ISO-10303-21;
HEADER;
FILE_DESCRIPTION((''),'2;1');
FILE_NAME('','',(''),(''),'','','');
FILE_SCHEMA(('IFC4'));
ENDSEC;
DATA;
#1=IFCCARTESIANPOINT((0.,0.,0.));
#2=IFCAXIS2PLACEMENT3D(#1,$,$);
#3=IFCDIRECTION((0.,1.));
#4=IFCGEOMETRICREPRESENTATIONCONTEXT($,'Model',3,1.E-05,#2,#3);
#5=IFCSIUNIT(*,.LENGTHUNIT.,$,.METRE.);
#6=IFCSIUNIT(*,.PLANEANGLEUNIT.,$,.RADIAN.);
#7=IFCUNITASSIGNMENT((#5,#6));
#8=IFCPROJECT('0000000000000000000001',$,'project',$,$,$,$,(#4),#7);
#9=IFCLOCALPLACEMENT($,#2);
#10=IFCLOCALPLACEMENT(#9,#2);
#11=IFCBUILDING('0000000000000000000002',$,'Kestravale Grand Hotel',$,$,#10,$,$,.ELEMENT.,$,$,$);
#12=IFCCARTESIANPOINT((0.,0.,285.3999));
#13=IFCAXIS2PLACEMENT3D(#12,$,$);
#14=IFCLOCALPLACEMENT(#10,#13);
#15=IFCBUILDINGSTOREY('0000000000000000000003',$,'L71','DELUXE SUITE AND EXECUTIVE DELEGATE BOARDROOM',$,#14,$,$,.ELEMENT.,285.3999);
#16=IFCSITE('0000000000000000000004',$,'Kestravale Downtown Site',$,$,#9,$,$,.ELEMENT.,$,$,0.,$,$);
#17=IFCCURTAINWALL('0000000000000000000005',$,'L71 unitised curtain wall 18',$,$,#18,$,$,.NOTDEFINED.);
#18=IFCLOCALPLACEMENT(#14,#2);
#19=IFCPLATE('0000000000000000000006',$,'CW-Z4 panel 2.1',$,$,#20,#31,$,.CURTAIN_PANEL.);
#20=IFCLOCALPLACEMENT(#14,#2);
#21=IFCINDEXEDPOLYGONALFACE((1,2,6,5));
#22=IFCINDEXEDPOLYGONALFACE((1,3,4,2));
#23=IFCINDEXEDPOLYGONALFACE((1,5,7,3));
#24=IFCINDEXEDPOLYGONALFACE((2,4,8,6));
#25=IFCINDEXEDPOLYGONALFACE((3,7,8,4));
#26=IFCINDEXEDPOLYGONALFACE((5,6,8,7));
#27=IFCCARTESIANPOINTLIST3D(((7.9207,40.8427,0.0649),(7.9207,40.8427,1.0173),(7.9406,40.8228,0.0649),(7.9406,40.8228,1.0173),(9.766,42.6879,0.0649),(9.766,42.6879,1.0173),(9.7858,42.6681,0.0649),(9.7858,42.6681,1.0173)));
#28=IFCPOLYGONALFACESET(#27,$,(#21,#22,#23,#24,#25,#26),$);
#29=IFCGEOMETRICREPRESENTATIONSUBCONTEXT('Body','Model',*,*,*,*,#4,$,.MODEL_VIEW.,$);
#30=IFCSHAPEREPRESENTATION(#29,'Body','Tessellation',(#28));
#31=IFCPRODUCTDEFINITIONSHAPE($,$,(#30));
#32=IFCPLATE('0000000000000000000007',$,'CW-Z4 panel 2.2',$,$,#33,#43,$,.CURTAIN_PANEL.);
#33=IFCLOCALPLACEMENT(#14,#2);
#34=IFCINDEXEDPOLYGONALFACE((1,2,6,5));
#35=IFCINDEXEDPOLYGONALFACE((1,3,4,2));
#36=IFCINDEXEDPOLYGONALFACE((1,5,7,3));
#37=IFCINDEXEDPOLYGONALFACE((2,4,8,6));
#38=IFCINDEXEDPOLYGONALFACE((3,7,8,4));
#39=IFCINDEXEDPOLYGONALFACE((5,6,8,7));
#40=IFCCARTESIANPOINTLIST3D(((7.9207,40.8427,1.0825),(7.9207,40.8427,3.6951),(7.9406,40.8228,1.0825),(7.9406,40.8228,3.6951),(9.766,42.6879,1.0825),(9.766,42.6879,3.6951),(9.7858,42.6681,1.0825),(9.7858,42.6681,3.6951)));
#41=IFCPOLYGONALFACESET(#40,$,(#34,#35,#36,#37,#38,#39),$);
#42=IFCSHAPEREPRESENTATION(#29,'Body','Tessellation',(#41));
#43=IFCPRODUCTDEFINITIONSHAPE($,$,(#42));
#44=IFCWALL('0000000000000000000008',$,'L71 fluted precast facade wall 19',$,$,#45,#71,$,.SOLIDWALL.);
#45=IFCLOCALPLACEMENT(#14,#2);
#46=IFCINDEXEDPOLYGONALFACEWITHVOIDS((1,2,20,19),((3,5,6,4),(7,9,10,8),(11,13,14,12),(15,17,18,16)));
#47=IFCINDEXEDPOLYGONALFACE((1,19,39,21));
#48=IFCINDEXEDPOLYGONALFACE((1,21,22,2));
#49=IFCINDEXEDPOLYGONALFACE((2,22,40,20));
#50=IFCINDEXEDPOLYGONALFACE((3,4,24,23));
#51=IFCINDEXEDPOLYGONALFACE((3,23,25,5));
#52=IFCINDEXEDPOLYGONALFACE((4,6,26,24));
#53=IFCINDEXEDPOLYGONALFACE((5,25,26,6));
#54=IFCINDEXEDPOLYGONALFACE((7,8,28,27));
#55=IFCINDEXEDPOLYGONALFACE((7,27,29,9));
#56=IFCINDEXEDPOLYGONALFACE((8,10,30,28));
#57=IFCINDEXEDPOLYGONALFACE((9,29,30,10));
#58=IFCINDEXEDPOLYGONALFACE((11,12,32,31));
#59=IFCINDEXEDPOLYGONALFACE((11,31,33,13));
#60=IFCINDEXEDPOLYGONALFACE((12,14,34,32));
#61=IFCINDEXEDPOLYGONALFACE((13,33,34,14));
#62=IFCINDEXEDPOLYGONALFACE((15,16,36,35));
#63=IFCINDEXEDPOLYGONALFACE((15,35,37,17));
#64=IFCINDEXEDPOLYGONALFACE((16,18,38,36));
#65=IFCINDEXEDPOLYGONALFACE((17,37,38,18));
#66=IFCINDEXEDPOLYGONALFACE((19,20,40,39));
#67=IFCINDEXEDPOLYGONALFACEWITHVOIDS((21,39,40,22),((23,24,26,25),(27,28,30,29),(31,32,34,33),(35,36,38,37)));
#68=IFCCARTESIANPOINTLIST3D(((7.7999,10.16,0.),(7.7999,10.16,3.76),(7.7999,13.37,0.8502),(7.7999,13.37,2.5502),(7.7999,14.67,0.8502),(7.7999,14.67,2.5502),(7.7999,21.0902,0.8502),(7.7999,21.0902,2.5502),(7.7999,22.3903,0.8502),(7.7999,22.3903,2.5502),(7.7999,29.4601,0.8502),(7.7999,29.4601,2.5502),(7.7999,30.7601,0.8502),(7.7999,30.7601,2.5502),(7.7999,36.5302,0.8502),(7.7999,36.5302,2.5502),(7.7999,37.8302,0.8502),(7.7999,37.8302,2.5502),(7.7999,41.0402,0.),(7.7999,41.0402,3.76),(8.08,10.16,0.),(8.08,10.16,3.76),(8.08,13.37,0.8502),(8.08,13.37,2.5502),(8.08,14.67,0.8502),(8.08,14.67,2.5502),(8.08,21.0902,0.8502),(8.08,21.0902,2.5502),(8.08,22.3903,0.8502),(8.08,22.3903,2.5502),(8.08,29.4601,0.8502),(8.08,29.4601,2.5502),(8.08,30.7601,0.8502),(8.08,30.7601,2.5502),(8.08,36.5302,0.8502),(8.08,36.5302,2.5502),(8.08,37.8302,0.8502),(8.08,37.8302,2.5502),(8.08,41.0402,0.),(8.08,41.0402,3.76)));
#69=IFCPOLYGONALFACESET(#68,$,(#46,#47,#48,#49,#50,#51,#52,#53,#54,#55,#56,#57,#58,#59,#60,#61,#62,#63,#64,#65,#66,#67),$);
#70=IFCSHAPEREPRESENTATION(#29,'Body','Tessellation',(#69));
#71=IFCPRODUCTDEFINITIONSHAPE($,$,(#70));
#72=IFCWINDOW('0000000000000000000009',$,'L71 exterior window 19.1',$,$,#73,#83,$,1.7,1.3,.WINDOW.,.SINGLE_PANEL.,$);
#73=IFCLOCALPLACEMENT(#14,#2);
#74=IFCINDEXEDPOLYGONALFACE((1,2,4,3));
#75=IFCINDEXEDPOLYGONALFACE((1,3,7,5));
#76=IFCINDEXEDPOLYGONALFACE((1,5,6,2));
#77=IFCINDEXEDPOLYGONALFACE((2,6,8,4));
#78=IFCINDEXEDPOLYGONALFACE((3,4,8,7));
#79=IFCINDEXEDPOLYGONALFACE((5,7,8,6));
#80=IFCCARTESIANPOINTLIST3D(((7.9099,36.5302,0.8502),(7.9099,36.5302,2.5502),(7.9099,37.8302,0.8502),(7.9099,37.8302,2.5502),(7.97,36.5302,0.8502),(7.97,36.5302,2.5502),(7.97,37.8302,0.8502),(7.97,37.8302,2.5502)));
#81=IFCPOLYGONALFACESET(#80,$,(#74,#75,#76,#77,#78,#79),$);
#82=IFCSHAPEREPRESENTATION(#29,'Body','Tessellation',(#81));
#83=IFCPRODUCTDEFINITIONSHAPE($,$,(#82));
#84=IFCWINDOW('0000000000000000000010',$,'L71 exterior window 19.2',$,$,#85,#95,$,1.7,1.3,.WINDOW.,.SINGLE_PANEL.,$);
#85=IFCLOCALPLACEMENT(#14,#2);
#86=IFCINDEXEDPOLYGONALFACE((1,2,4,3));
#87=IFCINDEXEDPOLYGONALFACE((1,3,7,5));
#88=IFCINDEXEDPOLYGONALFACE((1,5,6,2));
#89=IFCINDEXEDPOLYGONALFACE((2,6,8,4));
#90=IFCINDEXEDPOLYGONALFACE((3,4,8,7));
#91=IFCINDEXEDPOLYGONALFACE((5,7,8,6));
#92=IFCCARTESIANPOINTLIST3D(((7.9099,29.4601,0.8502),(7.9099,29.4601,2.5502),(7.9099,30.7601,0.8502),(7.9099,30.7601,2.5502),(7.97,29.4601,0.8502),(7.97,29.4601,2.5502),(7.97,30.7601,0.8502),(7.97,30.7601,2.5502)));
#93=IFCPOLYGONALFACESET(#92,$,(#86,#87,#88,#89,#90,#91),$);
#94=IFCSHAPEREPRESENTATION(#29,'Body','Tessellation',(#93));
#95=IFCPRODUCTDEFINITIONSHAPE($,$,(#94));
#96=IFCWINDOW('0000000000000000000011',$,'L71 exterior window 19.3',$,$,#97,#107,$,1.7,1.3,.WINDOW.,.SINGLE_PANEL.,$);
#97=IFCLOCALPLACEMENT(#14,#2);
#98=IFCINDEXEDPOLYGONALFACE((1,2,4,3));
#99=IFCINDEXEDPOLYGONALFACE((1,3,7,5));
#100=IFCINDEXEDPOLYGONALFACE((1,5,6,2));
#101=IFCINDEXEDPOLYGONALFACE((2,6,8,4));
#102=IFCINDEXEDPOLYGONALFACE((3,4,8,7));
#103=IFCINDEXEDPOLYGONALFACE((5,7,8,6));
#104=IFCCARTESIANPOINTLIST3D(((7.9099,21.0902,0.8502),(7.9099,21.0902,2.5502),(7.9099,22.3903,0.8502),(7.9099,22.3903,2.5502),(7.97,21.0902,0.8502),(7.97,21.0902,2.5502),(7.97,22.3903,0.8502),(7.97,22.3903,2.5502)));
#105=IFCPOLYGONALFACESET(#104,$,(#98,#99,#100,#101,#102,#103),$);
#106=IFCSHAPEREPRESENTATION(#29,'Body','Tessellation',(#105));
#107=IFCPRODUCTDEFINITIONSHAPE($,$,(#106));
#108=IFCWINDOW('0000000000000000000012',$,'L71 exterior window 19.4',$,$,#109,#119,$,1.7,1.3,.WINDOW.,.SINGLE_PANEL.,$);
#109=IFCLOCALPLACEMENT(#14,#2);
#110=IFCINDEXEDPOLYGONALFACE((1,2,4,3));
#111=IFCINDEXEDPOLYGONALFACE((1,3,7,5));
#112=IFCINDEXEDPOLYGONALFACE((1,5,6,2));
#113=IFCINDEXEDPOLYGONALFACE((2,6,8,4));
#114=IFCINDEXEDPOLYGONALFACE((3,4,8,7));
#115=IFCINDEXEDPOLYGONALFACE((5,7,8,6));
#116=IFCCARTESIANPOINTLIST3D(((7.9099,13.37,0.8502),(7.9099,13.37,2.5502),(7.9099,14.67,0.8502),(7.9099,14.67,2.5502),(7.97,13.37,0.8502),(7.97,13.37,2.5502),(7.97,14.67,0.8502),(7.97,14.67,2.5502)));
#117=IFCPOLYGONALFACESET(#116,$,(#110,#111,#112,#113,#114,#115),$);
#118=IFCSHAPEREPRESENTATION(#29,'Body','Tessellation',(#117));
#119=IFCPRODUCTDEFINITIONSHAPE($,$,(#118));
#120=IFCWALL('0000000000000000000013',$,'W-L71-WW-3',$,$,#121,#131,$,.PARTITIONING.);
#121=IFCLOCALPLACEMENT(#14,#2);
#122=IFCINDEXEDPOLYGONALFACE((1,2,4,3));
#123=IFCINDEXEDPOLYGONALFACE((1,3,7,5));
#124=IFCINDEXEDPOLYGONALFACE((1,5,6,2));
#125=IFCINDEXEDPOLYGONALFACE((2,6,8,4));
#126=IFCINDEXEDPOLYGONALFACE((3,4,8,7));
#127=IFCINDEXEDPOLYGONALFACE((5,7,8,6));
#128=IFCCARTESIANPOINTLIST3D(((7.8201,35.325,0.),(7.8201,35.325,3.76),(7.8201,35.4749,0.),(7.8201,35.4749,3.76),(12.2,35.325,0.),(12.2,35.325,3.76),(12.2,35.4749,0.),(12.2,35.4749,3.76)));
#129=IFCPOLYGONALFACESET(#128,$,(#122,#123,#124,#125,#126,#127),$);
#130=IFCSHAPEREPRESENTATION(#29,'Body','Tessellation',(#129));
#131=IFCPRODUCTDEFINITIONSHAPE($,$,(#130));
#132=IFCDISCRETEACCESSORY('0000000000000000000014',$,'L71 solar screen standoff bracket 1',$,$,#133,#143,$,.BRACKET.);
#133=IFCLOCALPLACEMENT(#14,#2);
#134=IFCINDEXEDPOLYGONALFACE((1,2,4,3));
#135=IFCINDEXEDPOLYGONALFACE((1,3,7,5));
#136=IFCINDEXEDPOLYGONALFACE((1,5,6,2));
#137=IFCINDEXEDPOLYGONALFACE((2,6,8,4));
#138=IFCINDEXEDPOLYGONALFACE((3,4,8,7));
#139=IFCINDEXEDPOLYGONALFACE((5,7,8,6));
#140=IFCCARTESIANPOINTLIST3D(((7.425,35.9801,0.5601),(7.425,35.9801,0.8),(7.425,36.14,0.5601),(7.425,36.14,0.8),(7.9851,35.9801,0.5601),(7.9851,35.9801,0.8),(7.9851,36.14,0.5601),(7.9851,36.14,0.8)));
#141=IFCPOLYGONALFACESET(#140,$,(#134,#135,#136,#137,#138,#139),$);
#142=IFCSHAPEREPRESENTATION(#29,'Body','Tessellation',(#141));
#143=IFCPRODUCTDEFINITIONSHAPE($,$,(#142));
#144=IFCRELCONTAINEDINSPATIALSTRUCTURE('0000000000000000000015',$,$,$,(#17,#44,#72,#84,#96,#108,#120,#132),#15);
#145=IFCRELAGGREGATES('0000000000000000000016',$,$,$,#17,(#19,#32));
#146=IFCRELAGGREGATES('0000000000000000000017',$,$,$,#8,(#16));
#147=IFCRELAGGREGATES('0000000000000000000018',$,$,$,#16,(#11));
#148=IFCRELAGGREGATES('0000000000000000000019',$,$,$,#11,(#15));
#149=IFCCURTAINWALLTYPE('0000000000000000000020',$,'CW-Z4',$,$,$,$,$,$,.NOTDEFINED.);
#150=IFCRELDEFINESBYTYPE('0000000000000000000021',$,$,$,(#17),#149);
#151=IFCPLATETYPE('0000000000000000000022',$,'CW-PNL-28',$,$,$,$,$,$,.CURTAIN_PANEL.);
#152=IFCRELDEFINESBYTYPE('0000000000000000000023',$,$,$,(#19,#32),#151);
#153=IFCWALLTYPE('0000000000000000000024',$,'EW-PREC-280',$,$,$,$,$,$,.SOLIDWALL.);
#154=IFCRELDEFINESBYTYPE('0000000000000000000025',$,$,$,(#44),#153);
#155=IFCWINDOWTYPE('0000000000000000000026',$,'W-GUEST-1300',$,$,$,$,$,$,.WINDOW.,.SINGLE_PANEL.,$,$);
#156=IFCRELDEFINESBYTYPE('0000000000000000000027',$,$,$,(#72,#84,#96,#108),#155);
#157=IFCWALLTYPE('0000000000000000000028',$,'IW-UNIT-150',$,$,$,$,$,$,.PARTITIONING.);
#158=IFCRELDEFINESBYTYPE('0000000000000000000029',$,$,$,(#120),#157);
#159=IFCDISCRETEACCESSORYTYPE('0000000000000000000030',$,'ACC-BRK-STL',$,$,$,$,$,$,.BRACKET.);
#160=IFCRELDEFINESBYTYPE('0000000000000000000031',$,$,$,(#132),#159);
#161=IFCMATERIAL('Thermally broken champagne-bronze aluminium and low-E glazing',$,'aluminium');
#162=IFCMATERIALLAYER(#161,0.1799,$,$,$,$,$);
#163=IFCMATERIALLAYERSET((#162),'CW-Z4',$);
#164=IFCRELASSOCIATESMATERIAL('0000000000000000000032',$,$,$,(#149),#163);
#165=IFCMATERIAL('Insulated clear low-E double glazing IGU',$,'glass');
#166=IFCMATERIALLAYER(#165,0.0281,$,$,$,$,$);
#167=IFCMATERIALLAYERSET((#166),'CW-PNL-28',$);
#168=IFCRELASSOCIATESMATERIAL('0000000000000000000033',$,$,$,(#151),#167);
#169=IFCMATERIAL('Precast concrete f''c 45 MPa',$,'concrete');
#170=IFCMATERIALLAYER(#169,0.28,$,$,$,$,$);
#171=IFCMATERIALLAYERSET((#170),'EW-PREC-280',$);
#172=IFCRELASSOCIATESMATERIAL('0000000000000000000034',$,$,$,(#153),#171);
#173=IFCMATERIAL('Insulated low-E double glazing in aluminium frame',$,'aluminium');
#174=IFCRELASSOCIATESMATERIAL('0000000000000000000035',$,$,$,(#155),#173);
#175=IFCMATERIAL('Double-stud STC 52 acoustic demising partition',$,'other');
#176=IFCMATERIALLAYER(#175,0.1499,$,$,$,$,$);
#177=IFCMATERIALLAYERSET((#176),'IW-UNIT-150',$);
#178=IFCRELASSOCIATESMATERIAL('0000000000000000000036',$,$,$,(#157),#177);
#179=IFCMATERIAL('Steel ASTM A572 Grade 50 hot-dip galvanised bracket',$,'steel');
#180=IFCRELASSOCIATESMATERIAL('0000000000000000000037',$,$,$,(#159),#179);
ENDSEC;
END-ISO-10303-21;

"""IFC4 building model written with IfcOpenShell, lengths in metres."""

from ifc_helpers import new_model, si_unit, direction, frame, frame_2d, origin, origin_2d, place, context, subcontext, project, spatial, rectangle, extrude, material, layer, layer_set, type_object, element, fill, aggregate, save


model = new_model("IFC4")

# Units and contexts
model_context = context("Model", 3, precision=1e-05, world=origin(), true_north=direction((0.0, 1.0)))
body_context = subcontext(model_context, "Body", "Model", "MODEL_VIEW")
ifc_project = project(units=[si_unit("LENGTHUNIT", "METRE"), si_unit("PLANEANGLEUNIT", "RADIAN")], contexts=[model_context])

# Site, building, storey
site_placement = place(None, origin())
site = spatial("IfcSite", under=ifc_project, at=site_placement, Name="Kestravale Downtown Site", CompositionType="ELEMENT", RefElevation=0.0)
building_placement = place(site_placement, origin())
building = spatial("IfcBuilding", under=site, at=building_placement, Name="Kestravale Grand Hotel", CompositionType="ELEMENT")
storey_placement = place(building_placement, frame((0.0, 0.0, 285.3999)))
storey = spatial("IfcBuildingStorey", under=building, at=storey_placement, Name="L71", Description="DELUXE SUITE AND EXECUTIVE DELEGATE BOARDROOM", CompositionType="ELEMENT", Elevation=285.3999)

# Curtain wall, plates
ifc_material_1 = material(Name="Thermally broken champagne-bronze aluminium and low-E glazing", Category="aluminium")
ifc_layer_1 = layer(ifc_material_1, 0.1799)
ifc_layer_set_1 = layer_set([ifc_layer_1], Name="CW-Z4")
curtain_wall_type = type_object("IfcCurtainWallType", Name="CW-Z4", PredefinedType="NOTDEFINED", material=ifc_layer_set_1)
curtain_wall_placement = place(storey_placement, origin())
curtain_wall = element("IfcCurtainWall", 1, at=curtain_wall_placement, inside=storey, type_object=curtain_wall_type, Name="L71 unitised curtain wall 18", PredefinedType="NOTDEFINED")
ifc_material_2 = material(Name="Insulated clear low-E double glazing IGU", Category="glass")
ifc_layer_2 = layer(ifc_material_2, 0.0281)
ifc_layer_set_2 = layer_set([ifc_layer_2], Name="CW-PNL-28")
plate_type = type_object("IfcPlateType", Name="CW-PNL-28", PredefinedType="CURTAIN_PANEL", material=ifc_layer_set_2)
plate_1_placement = place(storey_placement, frame((8.8533, 41.7554, 0.0649), z_axis=(0.0, 0.0, 1.0), x_axis=(-0.707107, -0.707107, 0.0)))
plate_1 = element("IfcPlate", 2, at=plate_1_placement, type_object=plate_type, Name="CW-Z4 panel 2.1", PredefinedType="CURTAIN_PANEL", context=body_context, shape_type="SweptSolid", body=[
    extrude(rectangle(XDim=2.6096, YDim=0.0281, at=origin_2d()), origin(), (0.0, 0.0, 1.0), 0.9524),
])
plate_2_placement = place(storey_placement, frame((8.8533, 41.7554, 1.0825), z_axis=(0.0, 0.0, 1.0), x_axis=(-0.707107, -0.707107, 0.0)))
plate_2 = element("IfcPlate", 3, at=plate_2_placement, type_object=plate_type, Name="CW-Z4 panel 2.2", PredefinedType="CURTAIN_PANEL", context=body_context, shape_type="SweptSolid", body=[
    extrude(rectangle(XDim=2.6096, YDim=0.0281, at=origin_2d()), origin(), (0.0, 0.0, 1.0), 2.6125),
])
aggregate(curtain_wall, [plate_1, plate_2])

# Wall, openings, windows
ifc_material_3 = material(Name="Precast concrete f'c 45 MPa", Category="concrete")
ifc_layer_3 = layer(ifc_material_3, 0.28)
ifc_layer_set_3 = layer_set([ifc_layer_3], Name="EW-PREC-280")
wall_type_1 = type_object("IfcWallType", Name="EW-PREC-280", PredefinedType="SOLIDWALL", material=ifc_layer_set_3)
wall_1_placement = place(storey_placement, frame((7.9399, 41.04, 0.0), z_axis=(0.0, 0.0, 1.0), x_axis=(0.0, -1.0, 0.0)))
wall_1 = element("IfcWall", 4, at=wall_1_placement, inside=storey, type_object=wall_type_1, Name="L71 fluted precast facade wall 19", PredefinedType="SOLIDWALL", context=body_context, shape_type="SweptSolid", body=[
    extrude(rectangle(XDim=30.8801, YDim=0.28, at=frame_2d((15.4399, 0.0))), origin(), (0.0, 0.0, 1.0), 3.76),
])
opening_1_placement = place(wall_1_placement, frame((3.21, 0.0, 0.8501)))
opening_1 = element("IfcOpeningElement", 5, at=opening_1_placement, cuts=wall_1, PredefinedType="OPENING", context=body_context, shape_type="SweptSolid", body=[
    extrude(rectangle(XDim=1.3, YDim=1.7, at=frame_2d((0.6499, 0.8501))), frame((0.0, 0.1499, 0.0), z_axis=(0.0, -1.0, 0.0), x_axis=(1.0, 0.0, 0.0)), (0.0, 0.0, 1.0), 0.3),
])
opening_2_placement = place(wall_1_placement, frame((10.28, 0.0, 0.8501)))
opening_2 = element("IfcOpeningElement", 6, at=opening_2_placement, cuts=wall_1, PredefinedType="OPENING", context=body_context, shape_type="SweptSolid", body=[
    extrude(rectangle(XDim=1.3, YDim=1.7, at=frame_2d((0.6499, 0.8501))), frame((0.0, 0.1499, 0.0), z_axis=(0.0, -1.0, 0.0), x_axis=(1.0, 0.0, 0.0)), (0.0, 0.0, 1.0), 0.3),
])
opening_3_placement = place(wall_1_placement, frame((18.6499, 0.0, 0.8501)))
opening_3 = element("IfcOpeningElement", 7, at=opening_3_placement, cuts=wall_1, PredefinedType="OPENING", context=body_context, shape_type="SweptSolid", body=[
    extrude(rectangle(XDim=1.3, YDim=1.7, at=frame_2d((0.6499, 0.8501))), frame((0.0, 0.1499, 0.0), z_axis=(0.0, -1.0, 0.0), x_axis=(1.0, 0.0, 0.0)), (0.0, 0.0, 1.0), 0.3),
])
opening_4_placement = place(wall_1_placement, frame((26.3701, 0.0, 0.8501)))
opening_4 = element("IfcOpeningElement", 8, at=opening_4_placement, cuts=wall_1, PredefinedType="OPENING", context=body_context, shape_type="SweptSolid", body=[
    extrude(rectangle(XDim=1.3, YDim=1.7, at=frame_2d((0.6499, 0.8501))), frame((0.0, 0.1499, 0.0), z_axis=(0.0, -1.0, 0.0), x_axis=(1.0, 0.0, 0.0)), (0.0, 0.0, 1.0), 0.3),
])
ifc_material_4 = material(Name="Insulated low-E double glazing in aluminium frame", Category="aluminium")
window_type = type_object("IfcWindowType", Name="W-GUEST-1300", PartitioningType="SINGLE_PANEL", PredefinedType="WINDOW", material=ifc_material_4)
window_1_placement = place(opening_1_placement, origin())
window_1 = element("IfcWindow", 9, at=window_1_placement, inside=storey, type_object=window_type, Name="L71 exterior window 19.1", OverallHeight=1.7, OverallWidth=1.3, PartitioningType="SINGLE_PANEL", PredefinedType="WINDOW", context=body_context, shape_type="SweptSolid", body=[
    extrude(rectangle(XDim=1.3, YDim=1.7, at=frame_2d((0.6499, 0.8501))), frame((0.0, 0.03, 0.0), z_axis=(0.0, -1.0, 0.0), x_axis=(1.0, 0.0, 0.0)), (0.0, 0.0, 1.0), 0.0601),
])
fill(opening_1, window_1)
window_2_placement = place(opening_2_placement, origin())
window_2 = element("IfcWindow", 10, at=window_2_placement, inside=storey, type_object=window_type, Name="L71 exterior window 19.2", OverallHeight=1.7, OverallWidth=1.3, PartitioningType="SINGLE_PANEL", PredefinedType="WINDOW", context=body_context, shape_type="SweptSolid", body=[
    extrude(rectangle(XDim=1.3, YDim=1.7, at=frame_2d((0.6499, 0.8501))), frame((0.0, 0.03, 0.0), z_axis=(0.0, -1.0, 0.0), x_axis=(1.0, 0.0, 0.0)), (0.0, 0.0, 1.0), 0.0601),
])
fill(opening_2, window_2)
window_3_placement = place(opening_3_placement, origin())
window_3 = element("IfcWindow", 11, at=window_3_placement, inside=storey, type_object=window_type, Name="L71 exterior window 19.3", OverallHeight=1.7, OverallWidth=1.3, PartitioningType="SINGLE_PANEL", PredefinedType="WINDOW", context=body_context, shape_type="SweptSolid", body=[
    extrude(rectangle(XDim=1.3, YDim=1.7, at=frame_2d((0.6499, 0.8501))), frame((0.0, 0.03, 0.0), z_axis=(0.0, -1.0, 0.0), x_axis=(1.0, 0.0, 0.0)), (0.0, 0.0, 1.0), 0.0601),
])
fill(opening_3, window_3)
window_4_placement = place(opening_4_placement, origin())
window_4 = element("IfcWindow", 12, at=window_4_placement, inside=storey, type_object=window_type, Name="L71 exterior window 19.4", OverallHeight=1.7, OverallWidth=1.3, PartitioningType="SINGLE_PANEL", PredefinedType="WINDOW", context=body_context, shape_type="SweptSolid", body=[
    extrude(rectangle(XDim=1.3, YDim=1.7, at=frame_2d((0.6499, 0.8501))), frame((0.0, 0.03, 0.0), z_axis=(0.0, -1.0, 0.0), x_axis=(1.0, 0.0, 0.0)), (0.0, 0.0, 1.0), 0.0601),
])
fill(opening_4, window_4)

# Wall
ifc_material_5 = material(Name="Double-stud STC 52 acoustic demising partition", Category="other")
ifc_layer_4 = layer(ifc_material_5, 0.1499)
ifc_layer_set_4 = layer_set([ifc_layer_4], Name="IW-UNIT-150")
wall_type_2 = type_object("IfcWallType", Name="IW-UNIT-150", PredefinedType="PARTITIONING", material=ifc_layer_set_4)
wall_2_placement = place(storey_placement, frame((7.8201, 35.3999, 0.0), z_axis=(0.0, 0.0, 1.0), x_axis=(1.0, 0.0, 0.0)))
element("IfcWall", 13, at=wall_2_placement, inside=storey, type_object=wall_type_2, Name="W-L71-WW-3", PredefinedType="PARTITIONING", context=body_context, shape_type="SweptSolid", body=[
    extrude(rectangle(XDim=4.3799, YDim=0.1499, at=frame_2d((2.1899, 0.0))), origin(), (0.0, 0.0, 1.0), 3.76),
])

# Discrete accessory
ifc_material_6 = material(Name="Steel ASTM A572 Grade 50 hot-dip galvanised bracket", Category="steel")
discrete_accessory_type = type_object("IfcDiscreteAccessoryType", Name="ACC-BRK-STL", PredefinedType="BRACKET", material=ifc_material_6)
discrete_accessory_placement = place(storey_placement, frame((7.7051, 36.0601, 0.5601), z_axis=(0.0, 0.0, 1.0), x_axis=(0.0, -1.0, 0.0)))
element("IfcDiscreteAccessory", 14, at=discrete_accessory_placement, inside=storey, type_object=discrete_accessory_type, Name="L71 solar screen standoff bracket 1", PredefinedType="BRACKET", context=body_context, shape_type="SweptSolid", body=[
    extrude(rectangle(XDim=0.1599, YDim=0.5601, at=origin_2d()), origin(), (0.0, 0.0, 1.0), 0.24),
])

save(model, "model.ifc")
